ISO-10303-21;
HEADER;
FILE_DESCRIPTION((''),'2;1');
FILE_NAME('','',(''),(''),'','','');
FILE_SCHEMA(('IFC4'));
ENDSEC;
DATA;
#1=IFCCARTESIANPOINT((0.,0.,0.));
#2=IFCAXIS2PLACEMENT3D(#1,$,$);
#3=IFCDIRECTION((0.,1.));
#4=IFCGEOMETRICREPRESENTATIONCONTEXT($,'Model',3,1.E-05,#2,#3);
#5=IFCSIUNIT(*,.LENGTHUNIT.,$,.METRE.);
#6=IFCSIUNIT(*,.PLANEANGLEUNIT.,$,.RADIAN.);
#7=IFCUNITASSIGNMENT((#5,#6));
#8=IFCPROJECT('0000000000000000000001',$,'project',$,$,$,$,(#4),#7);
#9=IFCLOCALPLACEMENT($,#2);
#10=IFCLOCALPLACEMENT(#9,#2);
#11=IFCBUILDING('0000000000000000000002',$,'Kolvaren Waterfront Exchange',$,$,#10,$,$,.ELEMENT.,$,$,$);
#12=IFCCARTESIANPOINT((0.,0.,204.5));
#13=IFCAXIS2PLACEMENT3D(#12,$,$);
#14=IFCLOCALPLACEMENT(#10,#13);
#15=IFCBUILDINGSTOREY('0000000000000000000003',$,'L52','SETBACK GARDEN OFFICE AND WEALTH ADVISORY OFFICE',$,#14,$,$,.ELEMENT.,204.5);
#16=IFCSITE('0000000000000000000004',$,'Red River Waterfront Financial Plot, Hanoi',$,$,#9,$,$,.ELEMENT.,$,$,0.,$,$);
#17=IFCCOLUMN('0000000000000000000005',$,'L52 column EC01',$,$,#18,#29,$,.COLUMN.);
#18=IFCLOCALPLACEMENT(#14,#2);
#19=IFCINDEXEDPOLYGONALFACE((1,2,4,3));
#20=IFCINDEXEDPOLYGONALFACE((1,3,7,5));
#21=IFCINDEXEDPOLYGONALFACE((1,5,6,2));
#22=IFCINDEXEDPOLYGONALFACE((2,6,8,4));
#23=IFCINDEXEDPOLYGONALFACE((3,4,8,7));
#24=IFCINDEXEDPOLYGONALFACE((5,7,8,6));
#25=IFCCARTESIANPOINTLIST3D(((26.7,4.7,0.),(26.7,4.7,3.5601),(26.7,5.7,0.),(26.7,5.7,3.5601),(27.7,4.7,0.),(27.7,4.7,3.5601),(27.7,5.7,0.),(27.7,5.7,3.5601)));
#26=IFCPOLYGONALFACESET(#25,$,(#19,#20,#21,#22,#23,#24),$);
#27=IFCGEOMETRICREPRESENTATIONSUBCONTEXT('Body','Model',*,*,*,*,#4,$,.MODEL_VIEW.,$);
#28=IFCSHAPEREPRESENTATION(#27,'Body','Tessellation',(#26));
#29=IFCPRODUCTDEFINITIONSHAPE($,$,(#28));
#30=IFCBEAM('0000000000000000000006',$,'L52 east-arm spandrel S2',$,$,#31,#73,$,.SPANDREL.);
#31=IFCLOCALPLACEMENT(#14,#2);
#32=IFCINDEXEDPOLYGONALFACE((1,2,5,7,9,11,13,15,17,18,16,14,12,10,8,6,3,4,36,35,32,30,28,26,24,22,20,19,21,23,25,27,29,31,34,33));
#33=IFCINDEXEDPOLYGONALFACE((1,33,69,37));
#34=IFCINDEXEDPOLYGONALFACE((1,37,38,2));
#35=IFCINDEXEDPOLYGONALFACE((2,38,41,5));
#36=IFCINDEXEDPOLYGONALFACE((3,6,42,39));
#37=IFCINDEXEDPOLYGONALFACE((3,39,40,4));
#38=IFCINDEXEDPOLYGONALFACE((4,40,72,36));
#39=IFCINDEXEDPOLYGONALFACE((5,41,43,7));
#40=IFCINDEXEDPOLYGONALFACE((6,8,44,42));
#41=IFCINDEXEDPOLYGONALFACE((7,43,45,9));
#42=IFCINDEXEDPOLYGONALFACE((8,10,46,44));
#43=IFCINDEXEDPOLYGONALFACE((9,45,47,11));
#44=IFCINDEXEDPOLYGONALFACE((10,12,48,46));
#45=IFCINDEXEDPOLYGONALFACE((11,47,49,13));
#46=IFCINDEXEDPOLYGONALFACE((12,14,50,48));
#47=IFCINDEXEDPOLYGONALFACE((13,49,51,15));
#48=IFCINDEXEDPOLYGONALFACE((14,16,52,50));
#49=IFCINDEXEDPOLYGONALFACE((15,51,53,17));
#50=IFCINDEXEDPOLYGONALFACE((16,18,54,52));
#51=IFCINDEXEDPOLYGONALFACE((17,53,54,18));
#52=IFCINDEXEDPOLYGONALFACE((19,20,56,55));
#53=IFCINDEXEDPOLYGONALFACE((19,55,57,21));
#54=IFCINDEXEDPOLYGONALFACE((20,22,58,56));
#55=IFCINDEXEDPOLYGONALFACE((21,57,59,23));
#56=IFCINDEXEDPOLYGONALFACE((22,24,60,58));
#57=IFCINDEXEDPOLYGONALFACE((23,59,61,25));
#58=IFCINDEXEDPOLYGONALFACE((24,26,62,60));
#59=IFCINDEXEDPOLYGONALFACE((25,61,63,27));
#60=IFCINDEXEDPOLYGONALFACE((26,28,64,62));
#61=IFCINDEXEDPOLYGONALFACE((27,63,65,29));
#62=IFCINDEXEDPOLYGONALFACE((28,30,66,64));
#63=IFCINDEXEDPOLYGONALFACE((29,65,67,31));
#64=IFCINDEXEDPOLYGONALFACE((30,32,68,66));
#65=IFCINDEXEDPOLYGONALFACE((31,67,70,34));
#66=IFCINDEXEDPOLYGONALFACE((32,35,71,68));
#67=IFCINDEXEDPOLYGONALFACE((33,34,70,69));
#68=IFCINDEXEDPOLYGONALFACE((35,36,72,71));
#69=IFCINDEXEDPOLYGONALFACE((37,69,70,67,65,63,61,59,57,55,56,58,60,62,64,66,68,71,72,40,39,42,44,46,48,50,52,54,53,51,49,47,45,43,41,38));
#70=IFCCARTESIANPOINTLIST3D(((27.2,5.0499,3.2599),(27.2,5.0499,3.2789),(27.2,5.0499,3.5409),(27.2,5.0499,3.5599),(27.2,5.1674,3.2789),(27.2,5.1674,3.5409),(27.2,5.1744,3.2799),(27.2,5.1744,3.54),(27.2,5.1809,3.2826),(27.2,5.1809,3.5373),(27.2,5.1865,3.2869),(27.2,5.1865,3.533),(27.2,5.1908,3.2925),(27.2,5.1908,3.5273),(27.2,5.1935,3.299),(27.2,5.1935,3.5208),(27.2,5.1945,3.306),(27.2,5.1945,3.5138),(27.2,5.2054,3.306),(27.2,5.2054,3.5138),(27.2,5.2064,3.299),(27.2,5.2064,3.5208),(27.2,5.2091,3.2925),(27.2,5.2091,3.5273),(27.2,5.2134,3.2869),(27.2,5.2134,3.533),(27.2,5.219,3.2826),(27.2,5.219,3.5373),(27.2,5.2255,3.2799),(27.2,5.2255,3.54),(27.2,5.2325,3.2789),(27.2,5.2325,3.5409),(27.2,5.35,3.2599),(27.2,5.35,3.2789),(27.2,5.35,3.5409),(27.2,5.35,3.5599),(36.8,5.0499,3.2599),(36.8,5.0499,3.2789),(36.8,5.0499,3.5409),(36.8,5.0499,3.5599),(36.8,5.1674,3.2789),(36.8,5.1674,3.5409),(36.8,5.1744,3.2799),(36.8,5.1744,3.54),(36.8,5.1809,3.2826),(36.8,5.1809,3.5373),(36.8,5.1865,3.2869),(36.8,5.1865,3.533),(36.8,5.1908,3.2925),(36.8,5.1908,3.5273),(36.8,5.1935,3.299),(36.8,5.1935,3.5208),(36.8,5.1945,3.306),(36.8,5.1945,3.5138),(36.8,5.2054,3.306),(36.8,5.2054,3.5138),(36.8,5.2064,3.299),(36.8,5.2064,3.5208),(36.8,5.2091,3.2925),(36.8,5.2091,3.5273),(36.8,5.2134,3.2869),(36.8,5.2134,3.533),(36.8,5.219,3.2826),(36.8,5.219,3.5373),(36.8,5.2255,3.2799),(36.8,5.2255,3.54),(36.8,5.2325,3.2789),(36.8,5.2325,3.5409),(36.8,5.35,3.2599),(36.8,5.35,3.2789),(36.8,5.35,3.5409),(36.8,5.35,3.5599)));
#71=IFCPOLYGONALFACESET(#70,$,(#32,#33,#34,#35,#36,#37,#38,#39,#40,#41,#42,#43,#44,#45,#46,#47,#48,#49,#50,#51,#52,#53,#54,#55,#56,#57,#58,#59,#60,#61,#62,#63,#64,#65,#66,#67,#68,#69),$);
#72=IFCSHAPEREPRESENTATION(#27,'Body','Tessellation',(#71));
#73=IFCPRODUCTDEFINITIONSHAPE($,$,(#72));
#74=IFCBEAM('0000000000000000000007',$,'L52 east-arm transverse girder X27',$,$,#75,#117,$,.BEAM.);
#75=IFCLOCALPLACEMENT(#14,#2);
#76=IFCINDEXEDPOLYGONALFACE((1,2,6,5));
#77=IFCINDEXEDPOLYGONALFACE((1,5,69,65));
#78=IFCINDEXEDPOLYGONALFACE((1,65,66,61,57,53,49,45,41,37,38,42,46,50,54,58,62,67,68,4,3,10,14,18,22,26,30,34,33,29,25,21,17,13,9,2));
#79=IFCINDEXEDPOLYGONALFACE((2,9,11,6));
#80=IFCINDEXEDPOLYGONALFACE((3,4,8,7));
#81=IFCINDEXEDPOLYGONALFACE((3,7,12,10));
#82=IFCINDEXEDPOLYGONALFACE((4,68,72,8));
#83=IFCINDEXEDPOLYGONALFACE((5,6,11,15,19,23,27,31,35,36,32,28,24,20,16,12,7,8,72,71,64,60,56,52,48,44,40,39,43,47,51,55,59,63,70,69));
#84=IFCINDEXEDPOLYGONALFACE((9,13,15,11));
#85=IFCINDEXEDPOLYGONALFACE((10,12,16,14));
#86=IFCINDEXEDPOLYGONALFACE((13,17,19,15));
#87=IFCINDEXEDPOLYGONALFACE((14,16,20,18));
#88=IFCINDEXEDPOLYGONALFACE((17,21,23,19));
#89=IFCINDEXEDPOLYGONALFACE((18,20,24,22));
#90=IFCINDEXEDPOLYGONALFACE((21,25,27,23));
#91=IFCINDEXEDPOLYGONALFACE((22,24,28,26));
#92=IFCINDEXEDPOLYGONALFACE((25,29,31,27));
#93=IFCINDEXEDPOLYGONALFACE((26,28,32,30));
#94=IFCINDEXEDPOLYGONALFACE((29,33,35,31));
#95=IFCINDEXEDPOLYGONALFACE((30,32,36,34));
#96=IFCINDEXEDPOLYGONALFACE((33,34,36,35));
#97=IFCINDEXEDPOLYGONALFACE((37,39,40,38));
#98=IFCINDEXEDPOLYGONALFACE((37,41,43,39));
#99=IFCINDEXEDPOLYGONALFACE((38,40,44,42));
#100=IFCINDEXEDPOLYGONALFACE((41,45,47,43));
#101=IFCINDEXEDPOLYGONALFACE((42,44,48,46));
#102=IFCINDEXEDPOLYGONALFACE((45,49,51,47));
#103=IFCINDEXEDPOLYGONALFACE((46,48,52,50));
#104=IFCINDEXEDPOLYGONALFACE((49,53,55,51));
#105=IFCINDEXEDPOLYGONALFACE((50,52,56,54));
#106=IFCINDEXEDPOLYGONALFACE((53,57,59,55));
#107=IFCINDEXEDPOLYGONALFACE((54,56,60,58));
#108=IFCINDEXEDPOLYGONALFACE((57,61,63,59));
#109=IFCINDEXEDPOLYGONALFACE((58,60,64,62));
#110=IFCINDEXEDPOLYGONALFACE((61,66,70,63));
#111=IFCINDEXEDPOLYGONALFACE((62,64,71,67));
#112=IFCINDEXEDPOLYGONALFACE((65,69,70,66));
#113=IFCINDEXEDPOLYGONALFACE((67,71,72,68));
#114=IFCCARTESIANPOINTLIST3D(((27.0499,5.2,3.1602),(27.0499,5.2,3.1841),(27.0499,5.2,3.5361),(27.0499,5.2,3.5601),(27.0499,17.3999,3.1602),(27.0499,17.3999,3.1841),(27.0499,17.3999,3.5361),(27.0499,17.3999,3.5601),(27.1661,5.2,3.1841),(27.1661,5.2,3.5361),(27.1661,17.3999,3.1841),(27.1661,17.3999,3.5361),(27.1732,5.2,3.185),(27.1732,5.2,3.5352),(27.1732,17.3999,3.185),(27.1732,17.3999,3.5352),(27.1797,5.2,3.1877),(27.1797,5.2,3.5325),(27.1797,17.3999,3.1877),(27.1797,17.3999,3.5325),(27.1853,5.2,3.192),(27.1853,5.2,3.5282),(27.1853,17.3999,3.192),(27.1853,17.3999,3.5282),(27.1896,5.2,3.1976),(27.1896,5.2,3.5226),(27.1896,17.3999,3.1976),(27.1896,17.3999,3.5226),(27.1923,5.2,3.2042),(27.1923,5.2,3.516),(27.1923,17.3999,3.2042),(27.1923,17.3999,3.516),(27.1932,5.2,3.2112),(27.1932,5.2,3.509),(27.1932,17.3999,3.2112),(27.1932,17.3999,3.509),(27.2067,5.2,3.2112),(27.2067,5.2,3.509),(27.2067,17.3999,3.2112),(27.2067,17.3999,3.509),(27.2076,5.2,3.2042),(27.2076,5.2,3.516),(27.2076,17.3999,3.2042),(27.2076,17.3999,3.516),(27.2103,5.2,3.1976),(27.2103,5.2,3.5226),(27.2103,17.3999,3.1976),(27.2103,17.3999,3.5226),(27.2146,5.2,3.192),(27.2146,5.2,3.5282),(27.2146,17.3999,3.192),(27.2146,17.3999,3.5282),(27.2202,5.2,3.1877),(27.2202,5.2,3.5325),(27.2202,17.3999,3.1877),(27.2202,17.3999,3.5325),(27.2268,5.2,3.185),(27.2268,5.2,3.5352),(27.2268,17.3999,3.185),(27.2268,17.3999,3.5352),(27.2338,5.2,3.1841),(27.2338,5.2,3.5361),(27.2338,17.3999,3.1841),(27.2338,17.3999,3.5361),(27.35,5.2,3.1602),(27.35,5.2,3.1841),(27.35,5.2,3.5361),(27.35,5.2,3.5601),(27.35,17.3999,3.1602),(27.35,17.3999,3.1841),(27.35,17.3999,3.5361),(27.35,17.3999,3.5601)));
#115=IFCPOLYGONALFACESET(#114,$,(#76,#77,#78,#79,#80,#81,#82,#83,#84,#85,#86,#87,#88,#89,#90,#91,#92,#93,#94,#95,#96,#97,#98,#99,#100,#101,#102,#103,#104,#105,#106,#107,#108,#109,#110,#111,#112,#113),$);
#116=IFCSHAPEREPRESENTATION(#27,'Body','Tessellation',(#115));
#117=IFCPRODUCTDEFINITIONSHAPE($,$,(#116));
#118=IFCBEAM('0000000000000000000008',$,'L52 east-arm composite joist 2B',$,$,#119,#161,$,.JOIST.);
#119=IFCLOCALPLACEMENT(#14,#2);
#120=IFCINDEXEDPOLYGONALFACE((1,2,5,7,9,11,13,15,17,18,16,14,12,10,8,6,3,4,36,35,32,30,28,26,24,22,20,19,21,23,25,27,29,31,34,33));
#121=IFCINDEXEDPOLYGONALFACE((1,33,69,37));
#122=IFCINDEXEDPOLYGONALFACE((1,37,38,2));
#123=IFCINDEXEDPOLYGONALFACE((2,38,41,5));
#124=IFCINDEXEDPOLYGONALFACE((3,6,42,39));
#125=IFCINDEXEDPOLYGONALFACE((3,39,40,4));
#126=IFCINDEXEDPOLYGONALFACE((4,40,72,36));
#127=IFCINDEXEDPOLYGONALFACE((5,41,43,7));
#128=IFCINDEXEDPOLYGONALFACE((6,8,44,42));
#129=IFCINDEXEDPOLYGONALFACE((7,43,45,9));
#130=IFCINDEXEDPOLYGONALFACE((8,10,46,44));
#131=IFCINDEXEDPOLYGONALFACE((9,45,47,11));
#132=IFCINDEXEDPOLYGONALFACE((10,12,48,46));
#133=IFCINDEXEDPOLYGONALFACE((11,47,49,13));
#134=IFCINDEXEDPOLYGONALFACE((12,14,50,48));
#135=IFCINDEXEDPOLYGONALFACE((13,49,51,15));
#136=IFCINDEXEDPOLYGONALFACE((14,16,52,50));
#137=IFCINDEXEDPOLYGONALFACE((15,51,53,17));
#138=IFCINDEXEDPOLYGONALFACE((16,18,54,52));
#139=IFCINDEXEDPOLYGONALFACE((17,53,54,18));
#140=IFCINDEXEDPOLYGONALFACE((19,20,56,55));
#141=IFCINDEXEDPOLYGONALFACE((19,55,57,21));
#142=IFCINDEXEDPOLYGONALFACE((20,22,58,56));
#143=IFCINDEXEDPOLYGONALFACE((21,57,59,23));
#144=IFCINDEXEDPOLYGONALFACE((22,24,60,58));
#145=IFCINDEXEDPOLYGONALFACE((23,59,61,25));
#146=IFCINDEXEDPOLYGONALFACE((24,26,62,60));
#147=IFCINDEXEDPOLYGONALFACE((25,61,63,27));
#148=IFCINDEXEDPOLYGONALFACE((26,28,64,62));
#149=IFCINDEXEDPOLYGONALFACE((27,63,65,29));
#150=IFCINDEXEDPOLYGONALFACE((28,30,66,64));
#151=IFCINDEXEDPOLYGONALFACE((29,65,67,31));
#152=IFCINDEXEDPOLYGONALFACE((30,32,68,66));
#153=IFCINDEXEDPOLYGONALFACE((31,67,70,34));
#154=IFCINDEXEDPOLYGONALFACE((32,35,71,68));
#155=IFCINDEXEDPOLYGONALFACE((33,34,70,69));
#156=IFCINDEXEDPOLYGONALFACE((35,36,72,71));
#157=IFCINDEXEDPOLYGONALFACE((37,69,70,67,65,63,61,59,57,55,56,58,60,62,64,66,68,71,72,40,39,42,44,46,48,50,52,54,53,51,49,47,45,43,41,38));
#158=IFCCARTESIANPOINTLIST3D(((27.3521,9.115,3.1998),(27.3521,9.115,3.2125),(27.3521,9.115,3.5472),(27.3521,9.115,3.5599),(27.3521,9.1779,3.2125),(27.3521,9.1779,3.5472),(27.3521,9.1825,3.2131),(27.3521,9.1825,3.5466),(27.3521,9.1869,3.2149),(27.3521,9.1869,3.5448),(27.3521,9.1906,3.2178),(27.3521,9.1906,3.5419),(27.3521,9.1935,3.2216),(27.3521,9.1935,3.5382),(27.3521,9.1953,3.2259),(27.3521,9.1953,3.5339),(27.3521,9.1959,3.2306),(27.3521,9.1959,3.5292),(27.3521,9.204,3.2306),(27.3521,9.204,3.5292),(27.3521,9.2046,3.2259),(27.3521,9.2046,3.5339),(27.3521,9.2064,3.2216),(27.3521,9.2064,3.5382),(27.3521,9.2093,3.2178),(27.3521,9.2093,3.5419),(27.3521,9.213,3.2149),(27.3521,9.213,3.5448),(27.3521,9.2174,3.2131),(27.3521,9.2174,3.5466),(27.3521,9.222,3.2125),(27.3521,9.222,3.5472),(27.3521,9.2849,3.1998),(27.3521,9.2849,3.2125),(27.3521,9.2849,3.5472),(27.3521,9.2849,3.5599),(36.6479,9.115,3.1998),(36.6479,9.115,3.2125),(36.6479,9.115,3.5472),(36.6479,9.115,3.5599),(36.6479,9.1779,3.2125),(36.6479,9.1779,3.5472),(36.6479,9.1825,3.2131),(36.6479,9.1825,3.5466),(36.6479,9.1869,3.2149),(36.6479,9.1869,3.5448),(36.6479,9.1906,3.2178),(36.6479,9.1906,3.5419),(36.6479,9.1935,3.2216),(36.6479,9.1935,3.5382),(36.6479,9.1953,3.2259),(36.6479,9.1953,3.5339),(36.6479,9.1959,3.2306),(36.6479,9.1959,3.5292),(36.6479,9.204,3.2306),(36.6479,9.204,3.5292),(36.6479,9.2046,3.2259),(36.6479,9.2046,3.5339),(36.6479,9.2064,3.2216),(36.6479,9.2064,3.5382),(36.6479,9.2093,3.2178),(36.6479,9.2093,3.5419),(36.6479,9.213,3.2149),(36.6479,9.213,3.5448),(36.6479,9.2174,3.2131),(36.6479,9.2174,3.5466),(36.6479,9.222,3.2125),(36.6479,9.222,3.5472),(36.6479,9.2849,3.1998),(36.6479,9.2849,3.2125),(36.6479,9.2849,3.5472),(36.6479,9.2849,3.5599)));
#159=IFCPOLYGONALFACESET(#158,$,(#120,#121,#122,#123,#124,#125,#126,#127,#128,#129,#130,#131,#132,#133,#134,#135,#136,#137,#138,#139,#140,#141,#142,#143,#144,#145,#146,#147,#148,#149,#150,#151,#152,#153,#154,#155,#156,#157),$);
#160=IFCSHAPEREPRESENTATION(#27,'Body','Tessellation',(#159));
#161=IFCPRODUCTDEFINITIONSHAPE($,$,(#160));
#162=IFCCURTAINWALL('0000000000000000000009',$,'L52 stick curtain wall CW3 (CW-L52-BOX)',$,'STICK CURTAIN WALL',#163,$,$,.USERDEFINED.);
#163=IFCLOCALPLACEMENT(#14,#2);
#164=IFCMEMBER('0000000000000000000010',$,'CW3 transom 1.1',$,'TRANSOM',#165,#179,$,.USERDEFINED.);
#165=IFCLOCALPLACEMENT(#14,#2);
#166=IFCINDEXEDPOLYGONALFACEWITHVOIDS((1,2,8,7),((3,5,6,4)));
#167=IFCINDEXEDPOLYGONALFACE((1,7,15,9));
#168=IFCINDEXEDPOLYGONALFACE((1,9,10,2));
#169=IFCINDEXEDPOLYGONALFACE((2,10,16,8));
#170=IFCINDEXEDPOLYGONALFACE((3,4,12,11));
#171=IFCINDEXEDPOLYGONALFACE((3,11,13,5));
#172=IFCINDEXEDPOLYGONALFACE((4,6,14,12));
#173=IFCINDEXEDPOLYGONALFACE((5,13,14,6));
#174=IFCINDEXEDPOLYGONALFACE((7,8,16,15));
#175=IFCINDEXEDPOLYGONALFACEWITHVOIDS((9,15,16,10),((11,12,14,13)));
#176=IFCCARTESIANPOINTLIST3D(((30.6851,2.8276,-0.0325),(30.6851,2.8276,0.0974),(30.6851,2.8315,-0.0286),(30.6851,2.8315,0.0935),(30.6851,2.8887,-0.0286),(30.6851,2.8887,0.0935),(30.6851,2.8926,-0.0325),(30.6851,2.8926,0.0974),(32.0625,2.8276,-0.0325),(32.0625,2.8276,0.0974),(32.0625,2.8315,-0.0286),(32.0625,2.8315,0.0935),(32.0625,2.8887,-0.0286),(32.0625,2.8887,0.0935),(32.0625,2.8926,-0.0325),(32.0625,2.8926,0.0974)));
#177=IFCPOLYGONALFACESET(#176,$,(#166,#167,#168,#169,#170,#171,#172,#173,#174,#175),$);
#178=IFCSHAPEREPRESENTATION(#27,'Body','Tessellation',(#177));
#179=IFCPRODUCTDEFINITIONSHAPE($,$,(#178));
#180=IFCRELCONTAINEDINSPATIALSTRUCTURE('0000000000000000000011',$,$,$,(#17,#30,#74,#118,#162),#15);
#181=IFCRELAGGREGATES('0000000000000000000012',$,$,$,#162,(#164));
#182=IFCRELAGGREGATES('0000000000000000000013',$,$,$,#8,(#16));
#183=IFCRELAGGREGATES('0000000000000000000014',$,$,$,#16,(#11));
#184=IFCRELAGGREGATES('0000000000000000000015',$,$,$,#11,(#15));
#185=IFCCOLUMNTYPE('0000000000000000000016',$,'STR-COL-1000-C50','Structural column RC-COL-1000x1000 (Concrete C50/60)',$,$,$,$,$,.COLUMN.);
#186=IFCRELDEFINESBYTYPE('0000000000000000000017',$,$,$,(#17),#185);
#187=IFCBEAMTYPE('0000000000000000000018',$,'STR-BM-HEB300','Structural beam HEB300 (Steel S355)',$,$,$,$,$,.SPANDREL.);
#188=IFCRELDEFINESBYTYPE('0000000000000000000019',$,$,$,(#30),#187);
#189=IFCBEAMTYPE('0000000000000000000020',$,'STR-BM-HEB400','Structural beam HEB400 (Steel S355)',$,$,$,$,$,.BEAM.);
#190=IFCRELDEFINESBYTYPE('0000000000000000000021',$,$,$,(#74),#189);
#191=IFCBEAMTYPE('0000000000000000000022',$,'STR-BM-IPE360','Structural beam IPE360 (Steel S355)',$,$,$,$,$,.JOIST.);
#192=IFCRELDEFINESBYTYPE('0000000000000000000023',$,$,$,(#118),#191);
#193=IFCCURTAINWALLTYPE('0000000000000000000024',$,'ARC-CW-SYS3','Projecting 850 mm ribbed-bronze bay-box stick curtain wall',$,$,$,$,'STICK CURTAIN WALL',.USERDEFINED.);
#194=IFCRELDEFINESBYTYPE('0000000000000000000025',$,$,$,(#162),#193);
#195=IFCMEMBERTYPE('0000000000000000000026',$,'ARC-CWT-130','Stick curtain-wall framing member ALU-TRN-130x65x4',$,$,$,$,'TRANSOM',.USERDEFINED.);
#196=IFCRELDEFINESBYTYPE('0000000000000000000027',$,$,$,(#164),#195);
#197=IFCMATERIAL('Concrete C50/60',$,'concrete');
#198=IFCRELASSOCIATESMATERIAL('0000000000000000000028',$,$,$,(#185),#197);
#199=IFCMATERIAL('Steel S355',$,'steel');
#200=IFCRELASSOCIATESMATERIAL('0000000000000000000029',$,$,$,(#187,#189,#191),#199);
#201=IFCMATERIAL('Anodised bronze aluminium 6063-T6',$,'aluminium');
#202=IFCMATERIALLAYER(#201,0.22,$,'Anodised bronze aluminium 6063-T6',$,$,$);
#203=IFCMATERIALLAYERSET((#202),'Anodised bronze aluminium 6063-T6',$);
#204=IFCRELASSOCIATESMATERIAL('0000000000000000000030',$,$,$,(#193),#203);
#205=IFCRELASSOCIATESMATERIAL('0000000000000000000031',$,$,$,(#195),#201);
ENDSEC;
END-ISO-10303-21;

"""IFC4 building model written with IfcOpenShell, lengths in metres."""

from ifc_helpers import new_model, si_unit, direction, frame, origin, origin_with_axes, origin_2d, place, context, subcontext, project, spatial, rectangle, hollow_rectangle, i_section, extrude, source, transform, mapped, material, layer, layer_set, material_profile, profile_set, type_object, element, aggregate, save


model = new_model("IFC4")

# Units and contexts
model_context = context("Model", 3, precision=1e-05, world=origin(), true_north=direction((0.0, 1.0)))
body_context = subcontext(model_context, "Body", "Model", "MODEL_VIEW")
ifc_project = project(units=[si_unit("LENGTHUNIT", "METRE"), si_unit("PLANEANGLEUNIT", "RADIAN")], contexts=[model_context])

# Site, building, storey
site_placement = place(None, origin())
site = spatial("IfcSite", under=ifc_project, at=site_placement, Name="Red River Waterfront Financial Plot, Hanoi", CompositionType="ELEMENT", RefElevation=0.0)
building_placement = place(site_placement, origin())
building = spatial("IfcBuilding", under=site, at=building_placement, Name="Kolvaren Waterfront Exchange", CompositionType="ELEMENT")
storey_placement = place(building_placement, frame((0.0, 0.0, 204.5)))
storey = spatial("IfcBuildingStorey", under=building, at=storey_placement, Name="L52", Description="SETBACK GARDEN OFFICE AND WEALTH ADVISORY OFFICE", CompositionType="ELEMENT", Elevation=204.5)

# Column
ifc_material_1 = material(Name="Concrete C50/60", Category="concrete")
ifc_material_profile_1 = material_profile(ifc_material_1, rectangle(XDim=1.0, YDim=1.0, at=origin_2d()), Name="RC-COL-1000x1000")
ifc_profile_set_1 = profile_set([ifc_material_profile_1], Name="Concrete C50/60")
column_type = type_object("IfcColumnType", Name="STR-COL-1000-C50", Description="Structural column RC-COL-1000x1000 (Concrete C50/60)", PredefinedType="COLUMN", material=ifc_profile_set_1)
column_placement = place(storey_placement, frame((27.2, 5.2, 0.0), z_axis=(0.0, 0.0, 1.0), x_axis=(1.0, 0.0, 0.0)))
element("IfcColumn", 1, at=column_placement, inside=storey, type_object=column_type, Name="L52 column EC01", PredefinedType="COLUMN", context=body_context, shape_type="SweptSolid", body=[
    extrude(rectangle(XDim=1.0, YDim=1.0, at=origin_2d()), origin(), (0.0, 0.0, 1.0), 3.5601),
])

# Beams
ifc_material_2 = material(Name="Steel S355", Category="steel")
ifc_material_profile_2 = material_profile(ifc_material_2, i_section(OverallWidth=0.3, OverallDepth=0.3, WebThickness=0.011, FlangeThickness=0.019, FilletRadius=0.0271, at=origin_2d()), Name="HEB300")
ifc_profile_set_2 = profile_set([ifc_material_profile_2], Name="Steel S355")
beam_type_1 = type_object("IfcBeamType", Name="STR-BM-HEB300", Description="Structural beam HEB300 (Steel S355)", PredefinedType="SPANDREL", material=ifc_profile_set_2)
beam_1_placement = place(storey_placement, frame((27.2, 5.2, 3.4099), z_axis=(1.0, 0.0, 0.0), x_axis=(0.0, 1.0, 0.0)))
element("IfcBeam", 2, at=beam_1_placement, inside=storey, type_object=beam_type_1, Name="L52 east-arm spandrel S2", PredefinedType="SPANDREL", context=body_context, shape_type="SweptSolid", body=[
    extrude(i_section(OverallWidth=0.3, OverallDepth=0.3, WebThickness=0.011, FlangeThickness=0.019, FilletRadius=0.0271, at=origin_2d()), origin(), (0.0, 0.0, 1.0), 9.6001),
])
ifc_material_profile_3 = material_profile(ifc_material_2, i_section(OverallWidth=0.3, OverallDepth=0.3999, WebThickness=0.0134, FlangeThickness=0.0239, FilletRadius=0.0271, at=origin_2d()), Name="HEB400")
ifc_profile_set_3 = profile_set([ifc_material_profile_3], Name="Steel S355")
beam_type_2 = type_object("IfcBeamType", Name="STR-BM-HEB400", Description="Structural beam HEB400 (Steel S355)", PredefinedType="BEAM", material=ifc_profile_set_3)
beam_2_placement = place(storey_placement, frame((27.2, 5.2, 3.3601), z_axis=(0.0, 1.0, 0.0), x_axis=(-1.0, 0.0, 0.0)))
element("IfcBeam", 3, at=beam_2_placement, inside=storey, type_object=beam_type_2, Name="L52 east-arm transverse girder X27", PredefinedType="BEAM", context=body_context, shape_type="SweptSolid", body=[
    extrude(i_section(OverallWidth=0.3, OverallDepth=0.3999, WebThickness=0.0134, FlangeThickness=0.0239, FilletRadius=0.0271, at=origin_2d()), origin(), (0.0, 0.0, 1.0), 12.2),
])
ifc_material_profile_4 = material_profile(ifc_material_2, i_section(OverallWidth=0.1699, OverallDepth=0.3601, WebThickness=0.0081, FlangeThickness=0.0127, FilletRadius=0.0181, at=origin_2d()), Name="IPE360")
ifc_profile_set_4 = profile_set([ifc_material_profile_4], Name="Steel S355")
beam_type_3 = type_object("IfcBeamType", Name="STR-BM-IPE360", Description="Structural beam IPE360 (Steel S355)", PredefinedType="JOIST", material=ifc_profile_set_4)
beam_3_placement = place(storey_placement, frame((27.3521, 9.2, 3.3799), z_axis=(1.0, 0.0, 0.0), x_axis=(0.0, 1.0, 0.0)))
element("IfcBeam", 4, at=beam_3_placement, inside=storey, type_object=beam_type_3, Name="L52 east-arm composite joist 2B", PredefinedType="JOIST", context=body_context, shape_type="SweptSolid", body=[
    extrude(i_section(OverallWidth=0.1699, OverallDepth=0.3601, WebThickness=0.0081, FlangeThickness=0.0127, FilletRadius=0.0181, at=origin_2d()), origin(), (0.0, 0.0, 1.0), 9.2959),
])

# Curtain wall, member
ifc_material_3 = material(Name="Anodised bronze aluminium 6063-T6", Category="aluminium")
ifc_layer_1 = layer(ifc_material_3, 0.22, Name="Anodised bronze aluminium 6063-T6")
ifc_layer_set_1 = layer_set([ifc_layer_1], Name="Anodised bronze aluminium 6063-T6")
curtain_wall_type_1 = type_object("IfcCurtainWallType", Name="ARC-CW-SYS3", Description="Projecting 850 mm ribbed-bronze bay-box stick curtain wall", ElementType="STICK CURTAIN WALL", PredefinedType="USERDEFINED", material=ifc_layer_set_1)
curtain_wall_1_placement = place(storey_placement, origin())
curtain_wall_1 = element("IfcCurtainWall", 5, at=curtain_wall_1_placement, inside=storey, type_object=curtain_wall_type_1, Name="L52 stick curtain wall CW3 (CW-L52-BOX)", ObjectType="STICK CURTAIN WALL", PredefinedType="USERDEFINED")
ifc_material_profile_5 = material_profile(ifc_material_3, hollow_rectangle(XDim=0.0649, YDim=0.1299, WallThickness=0.0039, at=origin_2d()), Name="ALU-TRN-130x65x4")
ifc_profile_set_5 = profile_set([ifc_material_profile_5], Name="Anodised bronze aluminium 6063-T6")
member_type_1 = type_object("IfcMemberType", Name="ARC-CWT-130", Description="Stick curtain-wall framing member ALU-TRN-130x65x4", ElementType="TRANSOM", PredefinedType="USERDEFINED", material=ifc_profile_set_5)
shared_shape_1 = source(origin_with_axes(), body_context, "Body", "SweptSolid", [
    extrude(hollow_rectangle(XDim=0.0649, YDim=0.1299, WallThickness=0.0039, at=origin_2d()), origin(), (0.0, 0.0, 1.0), 1.3774),
])
member_1_placement = place(storey_placement, frame((30.6851, 2.8601, 0.0325), z_axis=(1.0, 0.0, 0.0), x_axis=(0.0, 1.0, 0.0)))
member_1 = element("IfcMember", 6, at=member_1_placement, type_object=member_type_1, Name="CW3 transom 1.1", ObjectType="TRANSOM", PredefinedType="USERDEFINED", context=body_context, shape_type="MappedRepresentation", body=[
    mapped(shared_shape_1, transform((0.0, 0.0, 0.0), x_axis=(1.0, 0.0, 0.0), y_axis=(0.0, 1.0, 0.0), z_axis=(0.0, 0.0, 1.0), scale=1.0)),
])

aggregate(curtain_wall_1, [member_1])

save(model, "model.ifc")
